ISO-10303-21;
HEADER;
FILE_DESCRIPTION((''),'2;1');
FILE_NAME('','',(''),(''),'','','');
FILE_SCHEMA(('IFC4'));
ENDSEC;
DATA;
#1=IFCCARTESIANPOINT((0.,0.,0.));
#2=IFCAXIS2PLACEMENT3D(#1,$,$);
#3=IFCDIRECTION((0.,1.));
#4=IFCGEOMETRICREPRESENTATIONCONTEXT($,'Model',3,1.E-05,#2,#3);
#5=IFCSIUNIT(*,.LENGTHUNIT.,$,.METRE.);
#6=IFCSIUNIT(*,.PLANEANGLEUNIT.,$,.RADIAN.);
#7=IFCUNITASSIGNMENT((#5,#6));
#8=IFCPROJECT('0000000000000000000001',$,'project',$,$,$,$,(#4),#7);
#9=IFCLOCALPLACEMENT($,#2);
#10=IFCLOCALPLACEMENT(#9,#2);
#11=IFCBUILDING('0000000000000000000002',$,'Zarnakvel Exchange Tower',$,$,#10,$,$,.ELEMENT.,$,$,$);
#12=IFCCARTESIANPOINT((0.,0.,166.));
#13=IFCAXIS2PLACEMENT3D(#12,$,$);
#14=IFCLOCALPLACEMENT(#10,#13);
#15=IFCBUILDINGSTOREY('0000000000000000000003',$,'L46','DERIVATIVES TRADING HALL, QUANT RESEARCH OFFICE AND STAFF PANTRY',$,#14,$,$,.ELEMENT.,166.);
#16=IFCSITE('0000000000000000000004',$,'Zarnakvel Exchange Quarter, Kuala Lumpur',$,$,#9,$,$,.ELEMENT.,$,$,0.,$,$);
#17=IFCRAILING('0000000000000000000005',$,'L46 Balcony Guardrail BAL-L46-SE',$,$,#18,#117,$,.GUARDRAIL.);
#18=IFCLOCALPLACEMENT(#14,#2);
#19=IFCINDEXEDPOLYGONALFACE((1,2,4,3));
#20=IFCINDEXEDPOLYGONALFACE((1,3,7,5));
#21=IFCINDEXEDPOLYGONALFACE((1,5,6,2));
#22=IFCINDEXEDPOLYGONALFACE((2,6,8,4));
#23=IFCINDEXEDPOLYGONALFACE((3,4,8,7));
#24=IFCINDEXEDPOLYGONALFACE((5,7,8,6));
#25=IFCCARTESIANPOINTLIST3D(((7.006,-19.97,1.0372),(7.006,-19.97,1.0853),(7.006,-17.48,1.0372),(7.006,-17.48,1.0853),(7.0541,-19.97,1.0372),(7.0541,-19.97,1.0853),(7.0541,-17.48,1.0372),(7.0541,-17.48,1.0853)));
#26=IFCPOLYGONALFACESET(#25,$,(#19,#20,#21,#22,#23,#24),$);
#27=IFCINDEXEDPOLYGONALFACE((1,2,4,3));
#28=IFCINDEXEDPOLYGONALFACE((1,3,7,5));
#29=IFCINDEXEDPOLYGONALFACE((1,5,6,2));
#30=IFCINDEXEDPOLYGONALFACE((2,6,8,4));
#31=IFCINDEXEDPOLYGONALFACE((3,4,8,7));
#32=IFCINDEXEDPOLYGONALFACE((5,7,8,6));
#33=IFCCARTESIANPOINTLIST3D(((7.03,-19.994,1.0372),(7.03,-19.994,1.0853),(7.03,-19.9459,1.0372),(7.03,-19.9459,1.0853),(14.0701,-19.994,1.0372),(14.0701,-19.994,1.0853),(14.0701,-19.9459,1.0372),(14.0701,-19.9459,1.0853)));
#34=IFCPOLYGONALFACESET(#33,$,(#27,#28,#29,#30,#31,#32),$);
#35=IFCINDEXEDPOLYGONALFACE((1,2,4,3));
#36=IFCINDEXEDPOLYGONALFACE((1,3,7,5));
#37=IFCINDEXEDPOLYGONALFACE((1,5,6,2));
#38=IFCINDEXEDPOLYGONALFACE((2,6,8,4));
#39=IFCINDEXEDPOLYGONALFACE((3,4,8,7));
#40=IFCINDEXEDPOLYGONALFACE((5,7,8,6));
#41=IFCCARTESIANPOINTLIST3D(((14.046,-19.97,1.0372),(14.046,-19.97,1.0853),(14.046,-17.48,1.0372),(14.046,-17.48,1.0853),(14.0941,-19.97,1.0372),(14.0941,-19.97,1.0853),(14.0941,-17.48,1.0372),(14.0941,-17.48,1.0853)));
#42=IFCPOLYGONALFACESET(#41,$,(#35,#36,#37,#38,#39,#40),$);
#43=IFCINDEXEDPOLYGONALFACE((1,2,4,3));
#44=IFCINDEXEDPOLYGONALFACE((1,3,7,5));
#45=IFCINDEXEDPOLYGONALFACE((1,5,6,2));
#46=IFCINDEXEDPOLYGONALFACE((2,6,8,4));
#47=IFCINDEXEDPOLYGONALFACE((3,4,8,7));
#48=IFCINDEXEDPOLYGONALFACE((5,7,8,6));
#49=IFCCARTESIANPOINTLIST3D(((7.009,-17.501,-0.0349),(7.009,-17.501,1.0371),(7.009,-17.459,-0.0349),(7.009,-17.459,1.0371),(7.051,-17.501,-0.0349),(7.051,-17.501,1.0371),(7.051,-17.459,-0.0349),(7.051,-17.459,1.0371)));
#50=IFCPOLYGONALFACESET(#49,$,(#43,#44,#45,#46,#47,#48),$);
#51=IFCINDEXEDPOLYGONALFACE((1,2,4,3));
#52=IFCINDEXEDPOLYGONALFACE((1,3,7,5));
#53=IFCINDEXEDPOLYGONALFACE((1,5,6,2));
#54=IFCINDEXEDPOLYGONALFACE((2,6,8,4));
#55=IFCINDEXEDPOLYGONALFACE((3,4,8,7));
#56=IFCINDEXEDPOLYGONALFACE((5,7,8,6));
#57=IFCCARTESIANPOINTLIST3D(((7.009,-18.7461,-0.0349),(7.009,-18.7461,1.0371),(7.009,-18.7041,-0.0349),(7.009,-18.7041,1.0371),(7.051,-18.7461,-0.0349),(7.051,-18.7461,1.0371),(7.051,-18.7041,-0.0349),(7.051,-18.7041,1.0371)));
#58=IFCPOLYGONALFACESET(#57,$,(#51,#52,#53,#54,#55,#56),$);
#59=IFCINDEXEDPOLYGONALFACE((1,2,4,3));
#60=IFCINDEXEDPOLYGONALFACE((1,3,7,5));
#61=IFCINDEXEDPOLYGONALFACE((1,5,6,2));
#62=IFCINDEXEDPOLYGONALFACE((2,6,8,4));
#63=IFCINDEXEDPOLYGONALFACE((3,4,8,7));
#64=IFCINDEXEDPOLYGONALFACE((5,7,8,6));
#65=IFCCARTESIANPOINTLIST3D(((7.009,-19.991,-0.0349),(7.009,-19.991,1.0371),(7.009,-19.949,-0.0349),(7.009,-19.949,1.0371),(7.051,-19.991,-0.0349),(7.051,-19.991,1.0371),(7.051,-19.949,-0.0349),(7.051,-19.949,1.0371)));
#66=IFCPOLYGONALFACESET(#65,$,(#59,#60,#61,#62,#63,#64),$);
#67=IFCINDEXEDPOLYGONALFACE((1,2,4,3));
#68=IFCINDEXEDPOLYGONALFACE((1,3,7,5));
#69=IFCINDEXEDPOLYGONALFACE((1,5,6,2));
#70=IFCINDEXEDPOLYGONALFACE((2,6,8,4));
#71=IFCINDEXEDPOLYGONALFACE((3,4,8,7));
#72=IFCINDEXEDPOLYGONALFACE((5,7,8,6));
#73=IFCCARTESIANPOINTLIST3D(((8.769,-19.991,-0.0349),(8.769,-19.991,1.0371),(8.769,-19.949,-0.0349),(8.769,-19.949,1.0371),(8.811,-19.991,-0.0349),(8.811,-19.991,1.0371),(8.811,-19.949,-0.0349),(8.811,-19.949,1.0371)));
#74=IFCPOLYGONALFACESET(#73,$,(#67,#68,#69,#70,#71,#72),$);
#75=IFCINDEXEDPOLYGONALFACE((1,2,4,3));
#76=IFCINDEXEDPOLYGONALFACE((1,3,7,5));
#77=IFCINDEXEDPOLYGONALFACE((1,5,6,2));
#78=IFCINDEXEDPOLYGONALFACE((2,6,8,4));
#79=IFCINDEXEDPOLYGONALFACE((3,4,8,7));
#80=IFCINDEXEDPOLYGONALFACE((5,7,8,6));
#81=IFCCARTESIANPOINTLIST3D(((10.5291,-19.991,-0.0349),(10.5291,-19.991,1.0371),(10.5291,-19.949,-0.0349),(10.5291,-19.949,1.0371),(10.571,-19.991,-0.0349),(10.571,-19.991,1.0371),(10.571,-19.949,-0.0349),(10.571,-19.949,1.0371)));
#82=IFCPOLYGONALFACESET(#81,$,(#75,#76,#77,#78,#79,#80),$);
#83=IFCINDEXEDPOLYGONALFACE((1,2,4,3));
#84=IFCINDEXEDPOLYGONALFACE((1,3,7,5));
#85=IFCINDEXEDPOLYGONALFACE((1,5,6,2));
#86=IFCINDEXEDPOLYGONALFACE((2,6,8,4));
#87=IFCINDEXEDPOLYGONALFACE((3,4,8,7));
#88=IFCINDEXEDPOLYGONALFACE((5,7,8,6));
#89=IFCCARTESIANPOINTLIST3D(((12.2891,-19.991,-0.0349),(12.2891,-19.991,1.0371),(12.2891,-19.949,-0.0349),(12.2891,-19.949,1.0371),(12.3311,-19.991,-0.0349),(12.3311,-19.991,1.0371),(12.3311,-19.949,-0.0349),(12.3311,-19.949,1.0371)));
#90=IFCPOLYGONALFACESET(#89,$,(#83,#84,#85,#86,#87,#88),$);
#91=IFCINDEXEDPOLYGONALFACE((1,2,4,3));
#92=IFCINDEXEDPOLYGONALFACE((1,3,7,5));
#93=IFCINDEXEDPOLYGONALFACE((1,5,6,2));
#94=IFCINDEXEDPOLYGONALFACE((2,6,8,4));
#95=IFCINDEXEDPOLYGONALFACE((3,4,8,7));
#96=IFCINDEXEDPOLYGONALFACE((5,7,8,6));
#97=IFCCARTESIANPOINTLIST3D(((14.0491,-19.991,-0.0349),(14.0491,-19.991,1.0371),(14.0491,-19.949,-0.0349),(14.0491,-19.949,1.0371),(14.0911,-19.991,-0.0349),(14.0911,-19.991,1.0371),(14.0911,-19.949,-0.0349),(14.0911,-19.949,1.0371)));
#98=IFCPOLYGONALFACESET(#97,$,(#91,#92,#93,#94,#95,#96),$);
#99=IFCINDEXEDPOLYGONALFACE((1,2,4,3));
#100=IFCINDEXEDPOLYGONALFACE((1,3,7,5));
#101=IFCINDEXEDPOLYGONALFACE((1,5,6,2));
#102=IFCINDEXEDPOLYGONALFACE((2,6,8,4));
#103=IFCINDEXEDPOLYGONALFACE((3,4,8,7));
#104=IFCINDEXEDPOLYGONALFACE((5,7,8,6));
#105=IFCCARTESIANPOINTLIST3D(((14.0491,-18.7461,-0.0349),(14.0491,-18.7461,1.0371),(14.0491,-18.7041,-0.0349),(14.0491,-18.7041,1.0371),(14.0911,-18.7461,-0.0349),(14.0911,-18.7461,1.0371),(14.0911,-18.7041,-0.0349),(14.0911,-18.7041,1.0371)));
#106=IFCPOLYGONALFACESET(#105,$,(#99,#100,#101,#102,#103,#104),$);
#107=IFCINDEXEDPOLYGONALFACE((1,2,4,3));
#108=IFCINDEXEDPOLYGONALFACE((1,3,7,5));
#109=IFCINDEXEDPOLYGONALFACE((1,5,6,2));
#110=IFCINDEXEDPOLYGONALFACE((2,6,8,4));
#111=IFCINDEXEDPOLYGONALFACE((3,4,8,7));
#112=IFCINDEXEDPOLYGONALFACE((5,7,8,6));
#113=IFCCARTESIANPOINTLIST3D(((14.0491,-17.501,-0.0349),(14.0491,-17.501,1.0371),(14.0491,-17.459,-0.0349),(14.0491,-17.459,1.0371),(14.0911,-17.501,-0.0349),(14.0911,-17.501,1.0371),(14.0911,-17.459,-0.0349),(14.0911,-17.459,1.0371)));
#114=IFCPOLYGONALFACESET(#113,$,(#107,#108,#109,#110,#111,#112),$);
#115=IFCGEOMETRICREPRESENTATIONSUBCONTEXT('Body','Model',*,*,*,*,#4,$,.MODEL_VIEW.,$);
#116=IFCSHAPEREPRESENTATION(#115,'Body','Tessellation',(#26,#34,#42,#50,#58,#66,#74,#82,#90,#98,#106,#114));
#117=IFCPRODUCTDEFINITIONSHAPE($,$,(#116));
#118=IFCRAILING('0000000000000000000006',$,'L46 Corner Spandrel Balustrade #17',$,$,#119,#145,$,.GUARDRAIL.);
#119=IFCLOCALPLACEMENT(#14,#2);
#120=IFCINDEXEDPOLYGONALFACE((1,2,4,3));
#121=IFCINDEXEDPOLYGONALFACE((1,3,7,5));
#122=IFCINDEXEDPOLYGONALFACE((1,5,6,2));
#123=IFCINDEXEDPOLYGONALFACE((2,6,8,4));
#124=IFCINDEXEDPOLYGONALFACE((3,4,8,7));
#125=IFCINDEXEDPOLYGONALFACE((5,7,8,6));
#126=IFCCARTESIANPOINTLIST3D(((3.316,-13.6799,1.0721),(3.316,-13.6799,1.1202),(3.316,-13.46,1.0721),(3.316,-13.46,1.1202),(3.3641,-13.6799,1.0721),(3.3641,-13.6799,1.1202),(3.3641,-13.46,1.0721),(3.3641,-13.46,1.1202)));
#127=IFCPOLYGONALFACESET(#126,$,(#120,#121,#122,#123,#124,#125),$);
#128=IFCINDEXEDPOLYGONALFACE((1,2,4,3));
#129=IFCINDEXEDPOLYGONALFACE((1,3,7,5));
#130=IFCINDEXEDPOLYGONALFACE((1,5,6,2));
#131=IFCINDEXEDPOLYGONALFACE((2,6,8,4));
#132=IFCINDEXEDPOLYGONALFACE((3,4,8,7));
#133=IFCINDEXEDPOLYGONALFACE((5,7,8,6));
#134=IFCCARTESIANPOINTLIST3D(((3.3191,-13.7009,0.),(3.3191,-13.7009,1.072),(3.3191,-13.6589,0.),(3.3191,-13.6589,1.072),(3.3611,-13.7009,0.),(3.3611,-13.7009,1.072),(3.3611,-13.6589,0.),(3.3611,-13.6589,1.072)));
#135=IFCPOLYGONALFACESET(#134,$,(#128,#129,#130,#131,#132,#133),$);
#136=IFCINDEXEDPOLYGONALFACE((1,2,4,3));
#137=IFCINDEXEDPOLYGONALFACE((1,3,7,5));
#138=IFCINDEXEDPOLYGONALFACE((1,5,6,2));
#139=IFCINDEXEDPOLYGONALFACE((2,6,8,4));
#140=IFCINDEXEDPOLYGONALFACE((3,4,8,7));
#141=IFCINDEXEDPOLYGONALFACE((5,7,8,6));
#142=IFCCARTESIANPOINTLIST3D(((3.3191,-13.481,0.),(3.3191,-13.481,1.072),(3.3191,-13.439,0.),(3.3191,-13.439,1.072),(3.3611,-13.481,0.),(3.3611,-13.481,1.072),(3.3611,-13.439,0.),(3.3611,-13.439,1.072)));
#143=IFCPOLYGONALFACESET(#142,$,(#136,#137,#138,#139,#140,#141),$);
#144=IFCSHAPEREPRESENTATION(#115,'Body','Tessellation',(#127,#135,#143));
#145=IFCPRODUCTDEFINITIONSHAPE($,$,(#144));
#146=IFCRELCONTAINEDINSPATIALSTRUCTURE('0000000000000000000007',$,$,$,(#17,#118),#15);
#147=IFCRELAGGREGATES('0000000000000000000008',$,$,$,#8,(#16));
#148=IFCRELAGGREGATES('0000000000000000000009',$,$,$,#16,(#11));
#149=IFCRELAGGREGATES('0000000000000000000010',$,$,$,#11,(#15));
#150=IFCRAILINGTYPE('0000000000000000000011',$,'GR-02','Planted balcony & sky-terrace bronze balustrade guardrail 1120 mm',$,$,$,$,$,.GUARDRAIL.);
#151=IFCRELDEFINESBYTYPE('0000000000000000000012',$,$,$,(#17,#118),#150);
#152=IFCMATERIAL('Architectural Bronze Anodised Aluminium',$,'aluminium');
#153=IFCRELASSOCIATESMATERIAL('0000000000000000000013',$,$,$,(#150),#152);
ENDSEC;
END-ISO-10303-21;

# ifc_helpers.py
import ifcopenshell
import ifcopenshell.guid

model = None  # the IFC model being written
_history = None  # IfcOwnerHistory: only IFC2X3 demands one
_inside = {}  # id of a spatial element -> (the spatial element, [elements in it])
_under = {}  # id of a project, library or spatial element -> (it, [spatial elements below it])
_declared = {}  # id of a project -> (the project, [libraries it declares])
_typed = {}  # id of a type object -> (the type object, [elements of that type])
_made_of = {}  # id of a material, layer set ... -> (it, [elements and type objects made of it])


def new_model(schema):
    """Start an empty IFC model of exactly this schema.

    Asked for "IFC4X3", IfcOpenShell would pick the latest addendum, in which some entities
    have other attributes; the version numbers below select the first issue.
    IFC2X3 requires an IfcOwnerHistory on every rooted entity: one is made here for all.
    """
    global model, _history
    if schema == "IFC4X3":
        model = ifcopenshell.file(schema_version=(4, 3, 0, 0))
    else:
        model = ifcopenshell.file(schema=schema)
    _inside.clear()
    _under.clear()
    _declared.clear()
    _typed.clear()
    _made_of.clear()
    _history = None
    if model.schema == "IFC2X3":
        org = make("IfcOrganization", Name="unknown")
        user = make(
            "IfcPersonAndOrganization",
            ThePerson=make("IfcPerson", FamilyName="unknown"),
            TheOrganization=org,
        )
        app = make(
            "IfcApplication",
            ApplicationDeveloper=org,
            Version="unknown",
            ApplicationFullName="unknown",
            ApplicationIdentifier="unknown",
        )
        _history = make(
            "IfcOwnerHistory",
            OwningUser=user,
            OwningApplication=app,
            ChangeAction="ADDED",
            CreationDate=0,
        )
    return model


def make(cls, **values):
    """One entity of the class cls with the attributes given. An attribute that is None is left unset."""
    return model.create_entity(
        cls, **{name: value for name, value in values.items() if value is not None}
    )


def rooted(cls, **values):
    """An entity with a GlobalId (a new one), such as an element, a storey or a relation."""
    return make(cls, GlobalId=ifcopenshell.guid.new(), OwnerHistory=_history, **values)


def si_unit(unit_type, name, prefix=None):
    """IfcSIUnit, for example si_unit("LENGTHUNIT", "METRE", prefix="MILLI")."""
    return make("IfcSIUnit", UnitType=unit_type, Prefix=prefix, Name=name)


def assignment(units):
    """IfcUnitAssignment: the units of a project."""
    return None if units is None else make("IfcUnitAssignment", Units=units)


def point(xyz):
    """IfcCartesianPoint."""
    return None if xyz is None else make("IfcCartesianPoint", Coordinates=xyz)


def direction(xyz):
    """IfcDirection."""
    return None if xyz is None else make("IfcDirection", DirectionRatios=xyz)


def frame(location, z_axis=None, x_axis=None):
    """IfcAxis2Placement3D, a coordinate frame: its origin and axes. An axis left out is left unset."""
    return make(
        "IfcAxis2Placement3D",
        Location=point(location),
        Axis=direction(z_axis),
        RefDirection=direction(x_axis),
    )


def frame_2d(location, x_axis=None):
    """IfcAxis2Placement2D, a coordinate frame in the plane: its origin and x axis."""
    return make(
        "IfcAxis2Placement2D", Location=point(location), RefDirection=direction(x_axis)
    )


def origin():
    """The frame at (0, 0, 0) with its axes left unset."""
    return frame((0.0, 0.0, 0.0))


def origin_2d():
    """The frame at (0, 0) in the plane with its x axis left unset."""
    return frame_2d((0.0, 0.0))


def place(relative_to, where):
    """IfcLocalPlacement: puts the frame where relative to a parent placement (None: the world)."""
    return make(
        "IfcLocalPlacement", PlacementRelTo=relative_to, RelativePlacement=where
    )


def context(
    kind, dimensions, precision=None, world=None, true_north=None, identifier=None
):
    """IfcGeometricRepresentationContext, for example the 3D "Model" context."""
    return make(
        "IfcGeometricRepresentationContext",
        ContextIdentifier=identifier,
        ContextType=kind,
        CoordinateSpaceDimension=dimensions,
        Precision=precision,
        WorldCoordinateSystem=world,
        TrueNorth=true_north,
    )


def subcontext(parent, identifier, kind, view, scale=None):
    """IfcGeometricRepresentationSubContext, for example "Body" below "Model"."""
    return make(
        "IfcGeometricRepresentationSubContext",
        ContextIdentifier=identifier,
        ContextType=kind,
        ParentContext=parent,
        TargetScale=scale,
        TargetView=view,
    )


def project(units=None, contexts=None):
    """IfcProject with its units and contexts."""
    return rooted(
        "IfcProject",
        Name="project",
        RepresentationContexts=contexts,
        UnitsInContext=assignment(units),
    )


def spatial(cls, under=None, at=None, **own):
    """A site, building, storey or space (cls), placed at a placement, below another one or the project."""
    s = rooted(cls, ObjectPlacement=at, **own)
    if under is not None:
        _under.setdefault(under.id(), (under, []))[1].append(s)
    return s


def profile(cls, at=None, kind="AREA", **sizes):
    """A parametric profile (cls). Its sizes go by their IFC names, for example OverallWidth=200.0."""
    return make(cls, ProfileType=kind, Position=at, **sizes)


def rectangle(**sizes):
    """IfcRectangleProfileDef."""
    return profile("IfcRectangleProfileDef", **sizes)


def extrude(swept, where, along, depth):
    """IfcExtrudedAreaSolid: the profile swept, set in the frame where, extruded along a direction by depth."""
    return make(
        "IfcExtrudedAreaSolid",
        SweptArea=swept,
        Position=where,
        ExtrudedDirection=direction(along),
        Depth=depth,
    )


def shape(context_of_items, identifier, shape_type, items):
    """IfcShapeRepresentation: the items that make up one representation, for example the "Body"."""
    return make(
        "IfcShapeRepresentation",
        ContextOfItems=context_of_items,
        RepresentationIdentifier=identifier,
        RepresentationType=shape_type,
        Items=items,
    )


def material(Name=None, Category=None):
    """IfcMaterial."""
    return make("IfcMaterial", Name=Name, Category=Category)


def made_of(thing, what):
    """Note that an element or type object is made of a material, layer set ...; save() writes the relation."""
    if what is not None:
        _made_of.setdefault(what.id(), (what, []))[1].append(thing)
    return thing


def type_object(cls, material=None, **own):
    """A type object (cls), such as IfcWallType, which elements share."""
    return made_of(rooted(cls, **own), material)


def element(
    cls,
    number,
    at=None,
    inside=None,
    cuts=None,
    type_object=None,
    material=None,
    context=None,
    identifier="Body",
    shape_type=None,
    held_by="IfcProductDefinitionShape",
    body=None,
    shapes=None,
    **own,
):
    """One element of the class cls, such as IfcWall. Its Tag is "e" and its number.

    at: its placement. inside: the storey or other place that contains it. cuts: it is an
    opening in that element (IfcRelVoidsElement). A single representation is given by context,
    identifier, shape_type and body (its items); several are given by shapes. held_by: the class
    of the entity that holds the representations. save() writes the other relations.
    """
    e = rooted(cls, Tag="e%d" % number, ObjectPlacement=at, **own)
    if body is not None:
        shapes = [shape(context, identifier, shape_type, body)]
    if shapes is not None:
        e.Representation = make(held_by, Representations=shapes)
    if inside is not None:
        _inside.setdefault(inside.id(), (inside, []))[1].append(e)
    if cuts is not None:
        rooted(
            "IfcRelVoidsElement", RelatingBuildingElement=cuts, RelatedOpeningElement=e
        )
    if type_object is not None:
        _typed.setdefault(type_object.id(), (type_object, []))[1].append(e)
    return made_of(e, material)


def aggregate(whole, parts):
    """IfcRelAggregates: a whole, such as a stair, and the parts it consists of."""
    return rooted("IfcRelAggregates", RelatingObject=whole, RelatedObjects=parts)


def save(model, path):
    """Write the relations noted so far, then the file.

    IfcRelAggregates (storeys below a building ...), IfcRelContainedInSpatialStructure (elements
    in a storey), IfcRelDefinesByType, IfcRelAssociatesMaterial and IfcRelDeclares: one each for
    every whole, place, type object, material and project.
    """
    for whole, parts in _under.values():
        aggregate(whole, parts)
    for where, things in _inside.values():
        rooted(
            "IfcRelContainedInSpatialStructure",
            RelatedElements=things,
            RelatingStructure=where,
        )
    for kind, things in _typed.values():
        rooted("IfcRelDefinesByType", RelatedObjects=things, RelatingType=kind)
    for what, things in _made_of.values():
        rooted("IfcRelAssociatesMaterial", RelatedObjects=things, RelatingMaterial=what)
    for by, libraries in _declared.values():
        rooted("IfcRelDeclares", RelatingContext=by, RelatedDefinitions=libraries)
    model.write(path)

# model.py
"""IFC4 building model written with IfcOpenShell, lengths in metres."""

from ifc_helpers import new_model, si_unit, direction, frame, origin, origin_2d, place, context, subcontext, project, spatial, rectangle, extrude, material, type_object, element, save


model = new_model("IFC4")

# Units and contexts
model_context = context("Model", 3, precision=1e-05, world=origin(), true_north=direction((0.0, 1.0)))
body_context = subcontext(model_context, "Body", "Model", "MODEL_VIEW")
ifc_project = project(units=[si_unit("LENGTHUNIT", "METRE"), si_unit("PLANEANGLEUNIT", "RADIAN")], contexts=[model_context])

# Site, building, storey
site_placement = place(None, origin())
site = spatial("IfcSite", under=ifc_project, at=site_placement, Name="Zarnakvel Exchange Quarter, Kuala Lumpur", CompositionType="ELEMENT", RefElevation=0.0)
building_placement = place(site_placement, origin())
building = spatial("IfcBuilding", under=site, at=building_placement, Name="Zarnakvel Exchange Tower", CompositionType="ELEMENT")
storey_placement = place(building_placement, frame((0.0, 0.0, 166.0)))
storey = spatial("IfcBuildingStorey", under=building, at=storey_placement, Name="L46", Description="DERIVATIVES TRADING HALL, QUANT RESEARCH OFFICE AND STAFF PANTRY", CompositionType="ELEMENT", Elevation=166.0)

# Shared definitions
ifc_material_1 = material(Name="Architectural Bronze Anodised Aluminium", Category="aluminium")

# Railings
railing_type = type_object("IfcRailingType", Name="GR-02", Description="Planted balcony & sky-terrace bronze balustrade guardrail 1120 mm", PredefinedType="GUARDRAIL", material=ifc_material_1)
railing_1_placement = place(storey_placement, frame((7.03, -17.48, -0.0349)))
element("IfcRailing", 1, at=railing_1_placement, inside=storey, type_object=railing_type, Name="L46 Balcony Guardrail BAL-L46-SE", PredefinedType="GUARDRAIL", context=body_context, shape_type="SweptSolid", body=[
    extrude(rectangle(XDim=0.0481, YDim=0.0481, at=origin_2d()), frame((0.0, 0.0, 1.0962), z_axis=(0.0, -1.0, 0.0), x_axis=(1.0, 0.0, 0.0)), (0.0, 0.0, 1.0), 2.49),
    extrude(rectangle(XDim=0.0481, YDim=0.0481, at=origin_2d()), frame((0.0, -2.49, 1.0962), z_axis=(1.0, 0.0, 0.0), x_axis=(0.0, 1.0, 0.0)), (0.0, 0.0, 1.0), 7.04),
    extrude(rectangle(XDim=0.0481, YDim=0.0481, at=origin_2d()), frame((7.04, -2.49, 1.0962), z_axis=(0.0, 1.0, 0.0), x_axis=(-1.0, 0.0, 0.0)), (0.0, 0.0, 1.0), 2.49),
    extrude(rectangle(XDim=0.042, YDim=0.042, at=origin_2d()), origin(), (0.0, 0.0, 1.0), 1.072),
    extrude(rectangle(XDim=0.042, YDim=0.042, at=origin_2d()), frame((0.0, -1.2451, 0.0)), (0.0, 0.0, 1.0), 1.072),
    extrude(rectangle(XDim=0.042, YDim=0.042, at=origin_2d()), frame((0.0, -2.49, 0.0)), (0.0, 0.0, 1.0), 1.072),
    extrude(rectangle(XDim=0.042, YDim=0.042, at=origin_2d()), frame((1.76, -2.49, 0.0)), (0.0, 0.0, 1.0), 1.072),
    extrude(rectangle(XDim=0.042, YDim=0.042, at=origin_2d()), frame((3.52, -2.49, 0.0)), (0.0, 0.0, 1.0), 1.072),
    extrude(rectangle(XDim=0.042, YDim=0.042, at=origin_2d()), frame((5.28, -2.49, 0.0)), (0.0, 0.0, 1.0), 1.072),
    extrude(rectangle(XDim=0.042, YDim=0.042, at=origin_2d()), frame((7.04, -2.49, 0.0)), (0.0, 0.0, 1.0), 1.072),
    extrude(rectangle(XDim=0.042, YDim=0.042, at=origin_2d()), frame((7.04, -1.2451, 0.0)), (0.0, 0.0, 1.0), 1.072),
    extrude(rectangle(XDim=0.042, YDim=0.042, at=origin_2d()), frame((7.04, 0.0, 0.0)), (0.0, 0.0, 1.0), 1.072),
])
railing_2_placement = place(storey_placement, frame((3.3401, -13.6799, 0.0)))
element("IfcRailing", 2, at=railing_2_placement, inside=storey, type_object=railing_type, Name="L46 Corner Spandrel Balustrade #17", PredefinedType="GUARDRAIL", context=body_context, shape_type="SweptSolid", body=[
    extrude(rectangle(XDim=0.0481, YDim=0.0481, at=origin_2d()), frame((0.0, 0.0, 1.0962), z_axis=(0.0, 1.0, 0.0), x_axis=(-1.0, 0.0, 0.0)), (0.0, 0.0, 1.0), 0.22),
    extrude(rectangle(XDim=0.042, YDim=0.042, at=origin_2d()), origin(), (0.0, 0.0, 1.0), 1.072),
    extrude(rectangle(XDim=0.042, YDim=0.042, at=origin_2d()), frame((0.0, 0.22, 0.0)), (0.0, 0.0, 1.0), 1.072),
])

save(model, "model.ifc")
